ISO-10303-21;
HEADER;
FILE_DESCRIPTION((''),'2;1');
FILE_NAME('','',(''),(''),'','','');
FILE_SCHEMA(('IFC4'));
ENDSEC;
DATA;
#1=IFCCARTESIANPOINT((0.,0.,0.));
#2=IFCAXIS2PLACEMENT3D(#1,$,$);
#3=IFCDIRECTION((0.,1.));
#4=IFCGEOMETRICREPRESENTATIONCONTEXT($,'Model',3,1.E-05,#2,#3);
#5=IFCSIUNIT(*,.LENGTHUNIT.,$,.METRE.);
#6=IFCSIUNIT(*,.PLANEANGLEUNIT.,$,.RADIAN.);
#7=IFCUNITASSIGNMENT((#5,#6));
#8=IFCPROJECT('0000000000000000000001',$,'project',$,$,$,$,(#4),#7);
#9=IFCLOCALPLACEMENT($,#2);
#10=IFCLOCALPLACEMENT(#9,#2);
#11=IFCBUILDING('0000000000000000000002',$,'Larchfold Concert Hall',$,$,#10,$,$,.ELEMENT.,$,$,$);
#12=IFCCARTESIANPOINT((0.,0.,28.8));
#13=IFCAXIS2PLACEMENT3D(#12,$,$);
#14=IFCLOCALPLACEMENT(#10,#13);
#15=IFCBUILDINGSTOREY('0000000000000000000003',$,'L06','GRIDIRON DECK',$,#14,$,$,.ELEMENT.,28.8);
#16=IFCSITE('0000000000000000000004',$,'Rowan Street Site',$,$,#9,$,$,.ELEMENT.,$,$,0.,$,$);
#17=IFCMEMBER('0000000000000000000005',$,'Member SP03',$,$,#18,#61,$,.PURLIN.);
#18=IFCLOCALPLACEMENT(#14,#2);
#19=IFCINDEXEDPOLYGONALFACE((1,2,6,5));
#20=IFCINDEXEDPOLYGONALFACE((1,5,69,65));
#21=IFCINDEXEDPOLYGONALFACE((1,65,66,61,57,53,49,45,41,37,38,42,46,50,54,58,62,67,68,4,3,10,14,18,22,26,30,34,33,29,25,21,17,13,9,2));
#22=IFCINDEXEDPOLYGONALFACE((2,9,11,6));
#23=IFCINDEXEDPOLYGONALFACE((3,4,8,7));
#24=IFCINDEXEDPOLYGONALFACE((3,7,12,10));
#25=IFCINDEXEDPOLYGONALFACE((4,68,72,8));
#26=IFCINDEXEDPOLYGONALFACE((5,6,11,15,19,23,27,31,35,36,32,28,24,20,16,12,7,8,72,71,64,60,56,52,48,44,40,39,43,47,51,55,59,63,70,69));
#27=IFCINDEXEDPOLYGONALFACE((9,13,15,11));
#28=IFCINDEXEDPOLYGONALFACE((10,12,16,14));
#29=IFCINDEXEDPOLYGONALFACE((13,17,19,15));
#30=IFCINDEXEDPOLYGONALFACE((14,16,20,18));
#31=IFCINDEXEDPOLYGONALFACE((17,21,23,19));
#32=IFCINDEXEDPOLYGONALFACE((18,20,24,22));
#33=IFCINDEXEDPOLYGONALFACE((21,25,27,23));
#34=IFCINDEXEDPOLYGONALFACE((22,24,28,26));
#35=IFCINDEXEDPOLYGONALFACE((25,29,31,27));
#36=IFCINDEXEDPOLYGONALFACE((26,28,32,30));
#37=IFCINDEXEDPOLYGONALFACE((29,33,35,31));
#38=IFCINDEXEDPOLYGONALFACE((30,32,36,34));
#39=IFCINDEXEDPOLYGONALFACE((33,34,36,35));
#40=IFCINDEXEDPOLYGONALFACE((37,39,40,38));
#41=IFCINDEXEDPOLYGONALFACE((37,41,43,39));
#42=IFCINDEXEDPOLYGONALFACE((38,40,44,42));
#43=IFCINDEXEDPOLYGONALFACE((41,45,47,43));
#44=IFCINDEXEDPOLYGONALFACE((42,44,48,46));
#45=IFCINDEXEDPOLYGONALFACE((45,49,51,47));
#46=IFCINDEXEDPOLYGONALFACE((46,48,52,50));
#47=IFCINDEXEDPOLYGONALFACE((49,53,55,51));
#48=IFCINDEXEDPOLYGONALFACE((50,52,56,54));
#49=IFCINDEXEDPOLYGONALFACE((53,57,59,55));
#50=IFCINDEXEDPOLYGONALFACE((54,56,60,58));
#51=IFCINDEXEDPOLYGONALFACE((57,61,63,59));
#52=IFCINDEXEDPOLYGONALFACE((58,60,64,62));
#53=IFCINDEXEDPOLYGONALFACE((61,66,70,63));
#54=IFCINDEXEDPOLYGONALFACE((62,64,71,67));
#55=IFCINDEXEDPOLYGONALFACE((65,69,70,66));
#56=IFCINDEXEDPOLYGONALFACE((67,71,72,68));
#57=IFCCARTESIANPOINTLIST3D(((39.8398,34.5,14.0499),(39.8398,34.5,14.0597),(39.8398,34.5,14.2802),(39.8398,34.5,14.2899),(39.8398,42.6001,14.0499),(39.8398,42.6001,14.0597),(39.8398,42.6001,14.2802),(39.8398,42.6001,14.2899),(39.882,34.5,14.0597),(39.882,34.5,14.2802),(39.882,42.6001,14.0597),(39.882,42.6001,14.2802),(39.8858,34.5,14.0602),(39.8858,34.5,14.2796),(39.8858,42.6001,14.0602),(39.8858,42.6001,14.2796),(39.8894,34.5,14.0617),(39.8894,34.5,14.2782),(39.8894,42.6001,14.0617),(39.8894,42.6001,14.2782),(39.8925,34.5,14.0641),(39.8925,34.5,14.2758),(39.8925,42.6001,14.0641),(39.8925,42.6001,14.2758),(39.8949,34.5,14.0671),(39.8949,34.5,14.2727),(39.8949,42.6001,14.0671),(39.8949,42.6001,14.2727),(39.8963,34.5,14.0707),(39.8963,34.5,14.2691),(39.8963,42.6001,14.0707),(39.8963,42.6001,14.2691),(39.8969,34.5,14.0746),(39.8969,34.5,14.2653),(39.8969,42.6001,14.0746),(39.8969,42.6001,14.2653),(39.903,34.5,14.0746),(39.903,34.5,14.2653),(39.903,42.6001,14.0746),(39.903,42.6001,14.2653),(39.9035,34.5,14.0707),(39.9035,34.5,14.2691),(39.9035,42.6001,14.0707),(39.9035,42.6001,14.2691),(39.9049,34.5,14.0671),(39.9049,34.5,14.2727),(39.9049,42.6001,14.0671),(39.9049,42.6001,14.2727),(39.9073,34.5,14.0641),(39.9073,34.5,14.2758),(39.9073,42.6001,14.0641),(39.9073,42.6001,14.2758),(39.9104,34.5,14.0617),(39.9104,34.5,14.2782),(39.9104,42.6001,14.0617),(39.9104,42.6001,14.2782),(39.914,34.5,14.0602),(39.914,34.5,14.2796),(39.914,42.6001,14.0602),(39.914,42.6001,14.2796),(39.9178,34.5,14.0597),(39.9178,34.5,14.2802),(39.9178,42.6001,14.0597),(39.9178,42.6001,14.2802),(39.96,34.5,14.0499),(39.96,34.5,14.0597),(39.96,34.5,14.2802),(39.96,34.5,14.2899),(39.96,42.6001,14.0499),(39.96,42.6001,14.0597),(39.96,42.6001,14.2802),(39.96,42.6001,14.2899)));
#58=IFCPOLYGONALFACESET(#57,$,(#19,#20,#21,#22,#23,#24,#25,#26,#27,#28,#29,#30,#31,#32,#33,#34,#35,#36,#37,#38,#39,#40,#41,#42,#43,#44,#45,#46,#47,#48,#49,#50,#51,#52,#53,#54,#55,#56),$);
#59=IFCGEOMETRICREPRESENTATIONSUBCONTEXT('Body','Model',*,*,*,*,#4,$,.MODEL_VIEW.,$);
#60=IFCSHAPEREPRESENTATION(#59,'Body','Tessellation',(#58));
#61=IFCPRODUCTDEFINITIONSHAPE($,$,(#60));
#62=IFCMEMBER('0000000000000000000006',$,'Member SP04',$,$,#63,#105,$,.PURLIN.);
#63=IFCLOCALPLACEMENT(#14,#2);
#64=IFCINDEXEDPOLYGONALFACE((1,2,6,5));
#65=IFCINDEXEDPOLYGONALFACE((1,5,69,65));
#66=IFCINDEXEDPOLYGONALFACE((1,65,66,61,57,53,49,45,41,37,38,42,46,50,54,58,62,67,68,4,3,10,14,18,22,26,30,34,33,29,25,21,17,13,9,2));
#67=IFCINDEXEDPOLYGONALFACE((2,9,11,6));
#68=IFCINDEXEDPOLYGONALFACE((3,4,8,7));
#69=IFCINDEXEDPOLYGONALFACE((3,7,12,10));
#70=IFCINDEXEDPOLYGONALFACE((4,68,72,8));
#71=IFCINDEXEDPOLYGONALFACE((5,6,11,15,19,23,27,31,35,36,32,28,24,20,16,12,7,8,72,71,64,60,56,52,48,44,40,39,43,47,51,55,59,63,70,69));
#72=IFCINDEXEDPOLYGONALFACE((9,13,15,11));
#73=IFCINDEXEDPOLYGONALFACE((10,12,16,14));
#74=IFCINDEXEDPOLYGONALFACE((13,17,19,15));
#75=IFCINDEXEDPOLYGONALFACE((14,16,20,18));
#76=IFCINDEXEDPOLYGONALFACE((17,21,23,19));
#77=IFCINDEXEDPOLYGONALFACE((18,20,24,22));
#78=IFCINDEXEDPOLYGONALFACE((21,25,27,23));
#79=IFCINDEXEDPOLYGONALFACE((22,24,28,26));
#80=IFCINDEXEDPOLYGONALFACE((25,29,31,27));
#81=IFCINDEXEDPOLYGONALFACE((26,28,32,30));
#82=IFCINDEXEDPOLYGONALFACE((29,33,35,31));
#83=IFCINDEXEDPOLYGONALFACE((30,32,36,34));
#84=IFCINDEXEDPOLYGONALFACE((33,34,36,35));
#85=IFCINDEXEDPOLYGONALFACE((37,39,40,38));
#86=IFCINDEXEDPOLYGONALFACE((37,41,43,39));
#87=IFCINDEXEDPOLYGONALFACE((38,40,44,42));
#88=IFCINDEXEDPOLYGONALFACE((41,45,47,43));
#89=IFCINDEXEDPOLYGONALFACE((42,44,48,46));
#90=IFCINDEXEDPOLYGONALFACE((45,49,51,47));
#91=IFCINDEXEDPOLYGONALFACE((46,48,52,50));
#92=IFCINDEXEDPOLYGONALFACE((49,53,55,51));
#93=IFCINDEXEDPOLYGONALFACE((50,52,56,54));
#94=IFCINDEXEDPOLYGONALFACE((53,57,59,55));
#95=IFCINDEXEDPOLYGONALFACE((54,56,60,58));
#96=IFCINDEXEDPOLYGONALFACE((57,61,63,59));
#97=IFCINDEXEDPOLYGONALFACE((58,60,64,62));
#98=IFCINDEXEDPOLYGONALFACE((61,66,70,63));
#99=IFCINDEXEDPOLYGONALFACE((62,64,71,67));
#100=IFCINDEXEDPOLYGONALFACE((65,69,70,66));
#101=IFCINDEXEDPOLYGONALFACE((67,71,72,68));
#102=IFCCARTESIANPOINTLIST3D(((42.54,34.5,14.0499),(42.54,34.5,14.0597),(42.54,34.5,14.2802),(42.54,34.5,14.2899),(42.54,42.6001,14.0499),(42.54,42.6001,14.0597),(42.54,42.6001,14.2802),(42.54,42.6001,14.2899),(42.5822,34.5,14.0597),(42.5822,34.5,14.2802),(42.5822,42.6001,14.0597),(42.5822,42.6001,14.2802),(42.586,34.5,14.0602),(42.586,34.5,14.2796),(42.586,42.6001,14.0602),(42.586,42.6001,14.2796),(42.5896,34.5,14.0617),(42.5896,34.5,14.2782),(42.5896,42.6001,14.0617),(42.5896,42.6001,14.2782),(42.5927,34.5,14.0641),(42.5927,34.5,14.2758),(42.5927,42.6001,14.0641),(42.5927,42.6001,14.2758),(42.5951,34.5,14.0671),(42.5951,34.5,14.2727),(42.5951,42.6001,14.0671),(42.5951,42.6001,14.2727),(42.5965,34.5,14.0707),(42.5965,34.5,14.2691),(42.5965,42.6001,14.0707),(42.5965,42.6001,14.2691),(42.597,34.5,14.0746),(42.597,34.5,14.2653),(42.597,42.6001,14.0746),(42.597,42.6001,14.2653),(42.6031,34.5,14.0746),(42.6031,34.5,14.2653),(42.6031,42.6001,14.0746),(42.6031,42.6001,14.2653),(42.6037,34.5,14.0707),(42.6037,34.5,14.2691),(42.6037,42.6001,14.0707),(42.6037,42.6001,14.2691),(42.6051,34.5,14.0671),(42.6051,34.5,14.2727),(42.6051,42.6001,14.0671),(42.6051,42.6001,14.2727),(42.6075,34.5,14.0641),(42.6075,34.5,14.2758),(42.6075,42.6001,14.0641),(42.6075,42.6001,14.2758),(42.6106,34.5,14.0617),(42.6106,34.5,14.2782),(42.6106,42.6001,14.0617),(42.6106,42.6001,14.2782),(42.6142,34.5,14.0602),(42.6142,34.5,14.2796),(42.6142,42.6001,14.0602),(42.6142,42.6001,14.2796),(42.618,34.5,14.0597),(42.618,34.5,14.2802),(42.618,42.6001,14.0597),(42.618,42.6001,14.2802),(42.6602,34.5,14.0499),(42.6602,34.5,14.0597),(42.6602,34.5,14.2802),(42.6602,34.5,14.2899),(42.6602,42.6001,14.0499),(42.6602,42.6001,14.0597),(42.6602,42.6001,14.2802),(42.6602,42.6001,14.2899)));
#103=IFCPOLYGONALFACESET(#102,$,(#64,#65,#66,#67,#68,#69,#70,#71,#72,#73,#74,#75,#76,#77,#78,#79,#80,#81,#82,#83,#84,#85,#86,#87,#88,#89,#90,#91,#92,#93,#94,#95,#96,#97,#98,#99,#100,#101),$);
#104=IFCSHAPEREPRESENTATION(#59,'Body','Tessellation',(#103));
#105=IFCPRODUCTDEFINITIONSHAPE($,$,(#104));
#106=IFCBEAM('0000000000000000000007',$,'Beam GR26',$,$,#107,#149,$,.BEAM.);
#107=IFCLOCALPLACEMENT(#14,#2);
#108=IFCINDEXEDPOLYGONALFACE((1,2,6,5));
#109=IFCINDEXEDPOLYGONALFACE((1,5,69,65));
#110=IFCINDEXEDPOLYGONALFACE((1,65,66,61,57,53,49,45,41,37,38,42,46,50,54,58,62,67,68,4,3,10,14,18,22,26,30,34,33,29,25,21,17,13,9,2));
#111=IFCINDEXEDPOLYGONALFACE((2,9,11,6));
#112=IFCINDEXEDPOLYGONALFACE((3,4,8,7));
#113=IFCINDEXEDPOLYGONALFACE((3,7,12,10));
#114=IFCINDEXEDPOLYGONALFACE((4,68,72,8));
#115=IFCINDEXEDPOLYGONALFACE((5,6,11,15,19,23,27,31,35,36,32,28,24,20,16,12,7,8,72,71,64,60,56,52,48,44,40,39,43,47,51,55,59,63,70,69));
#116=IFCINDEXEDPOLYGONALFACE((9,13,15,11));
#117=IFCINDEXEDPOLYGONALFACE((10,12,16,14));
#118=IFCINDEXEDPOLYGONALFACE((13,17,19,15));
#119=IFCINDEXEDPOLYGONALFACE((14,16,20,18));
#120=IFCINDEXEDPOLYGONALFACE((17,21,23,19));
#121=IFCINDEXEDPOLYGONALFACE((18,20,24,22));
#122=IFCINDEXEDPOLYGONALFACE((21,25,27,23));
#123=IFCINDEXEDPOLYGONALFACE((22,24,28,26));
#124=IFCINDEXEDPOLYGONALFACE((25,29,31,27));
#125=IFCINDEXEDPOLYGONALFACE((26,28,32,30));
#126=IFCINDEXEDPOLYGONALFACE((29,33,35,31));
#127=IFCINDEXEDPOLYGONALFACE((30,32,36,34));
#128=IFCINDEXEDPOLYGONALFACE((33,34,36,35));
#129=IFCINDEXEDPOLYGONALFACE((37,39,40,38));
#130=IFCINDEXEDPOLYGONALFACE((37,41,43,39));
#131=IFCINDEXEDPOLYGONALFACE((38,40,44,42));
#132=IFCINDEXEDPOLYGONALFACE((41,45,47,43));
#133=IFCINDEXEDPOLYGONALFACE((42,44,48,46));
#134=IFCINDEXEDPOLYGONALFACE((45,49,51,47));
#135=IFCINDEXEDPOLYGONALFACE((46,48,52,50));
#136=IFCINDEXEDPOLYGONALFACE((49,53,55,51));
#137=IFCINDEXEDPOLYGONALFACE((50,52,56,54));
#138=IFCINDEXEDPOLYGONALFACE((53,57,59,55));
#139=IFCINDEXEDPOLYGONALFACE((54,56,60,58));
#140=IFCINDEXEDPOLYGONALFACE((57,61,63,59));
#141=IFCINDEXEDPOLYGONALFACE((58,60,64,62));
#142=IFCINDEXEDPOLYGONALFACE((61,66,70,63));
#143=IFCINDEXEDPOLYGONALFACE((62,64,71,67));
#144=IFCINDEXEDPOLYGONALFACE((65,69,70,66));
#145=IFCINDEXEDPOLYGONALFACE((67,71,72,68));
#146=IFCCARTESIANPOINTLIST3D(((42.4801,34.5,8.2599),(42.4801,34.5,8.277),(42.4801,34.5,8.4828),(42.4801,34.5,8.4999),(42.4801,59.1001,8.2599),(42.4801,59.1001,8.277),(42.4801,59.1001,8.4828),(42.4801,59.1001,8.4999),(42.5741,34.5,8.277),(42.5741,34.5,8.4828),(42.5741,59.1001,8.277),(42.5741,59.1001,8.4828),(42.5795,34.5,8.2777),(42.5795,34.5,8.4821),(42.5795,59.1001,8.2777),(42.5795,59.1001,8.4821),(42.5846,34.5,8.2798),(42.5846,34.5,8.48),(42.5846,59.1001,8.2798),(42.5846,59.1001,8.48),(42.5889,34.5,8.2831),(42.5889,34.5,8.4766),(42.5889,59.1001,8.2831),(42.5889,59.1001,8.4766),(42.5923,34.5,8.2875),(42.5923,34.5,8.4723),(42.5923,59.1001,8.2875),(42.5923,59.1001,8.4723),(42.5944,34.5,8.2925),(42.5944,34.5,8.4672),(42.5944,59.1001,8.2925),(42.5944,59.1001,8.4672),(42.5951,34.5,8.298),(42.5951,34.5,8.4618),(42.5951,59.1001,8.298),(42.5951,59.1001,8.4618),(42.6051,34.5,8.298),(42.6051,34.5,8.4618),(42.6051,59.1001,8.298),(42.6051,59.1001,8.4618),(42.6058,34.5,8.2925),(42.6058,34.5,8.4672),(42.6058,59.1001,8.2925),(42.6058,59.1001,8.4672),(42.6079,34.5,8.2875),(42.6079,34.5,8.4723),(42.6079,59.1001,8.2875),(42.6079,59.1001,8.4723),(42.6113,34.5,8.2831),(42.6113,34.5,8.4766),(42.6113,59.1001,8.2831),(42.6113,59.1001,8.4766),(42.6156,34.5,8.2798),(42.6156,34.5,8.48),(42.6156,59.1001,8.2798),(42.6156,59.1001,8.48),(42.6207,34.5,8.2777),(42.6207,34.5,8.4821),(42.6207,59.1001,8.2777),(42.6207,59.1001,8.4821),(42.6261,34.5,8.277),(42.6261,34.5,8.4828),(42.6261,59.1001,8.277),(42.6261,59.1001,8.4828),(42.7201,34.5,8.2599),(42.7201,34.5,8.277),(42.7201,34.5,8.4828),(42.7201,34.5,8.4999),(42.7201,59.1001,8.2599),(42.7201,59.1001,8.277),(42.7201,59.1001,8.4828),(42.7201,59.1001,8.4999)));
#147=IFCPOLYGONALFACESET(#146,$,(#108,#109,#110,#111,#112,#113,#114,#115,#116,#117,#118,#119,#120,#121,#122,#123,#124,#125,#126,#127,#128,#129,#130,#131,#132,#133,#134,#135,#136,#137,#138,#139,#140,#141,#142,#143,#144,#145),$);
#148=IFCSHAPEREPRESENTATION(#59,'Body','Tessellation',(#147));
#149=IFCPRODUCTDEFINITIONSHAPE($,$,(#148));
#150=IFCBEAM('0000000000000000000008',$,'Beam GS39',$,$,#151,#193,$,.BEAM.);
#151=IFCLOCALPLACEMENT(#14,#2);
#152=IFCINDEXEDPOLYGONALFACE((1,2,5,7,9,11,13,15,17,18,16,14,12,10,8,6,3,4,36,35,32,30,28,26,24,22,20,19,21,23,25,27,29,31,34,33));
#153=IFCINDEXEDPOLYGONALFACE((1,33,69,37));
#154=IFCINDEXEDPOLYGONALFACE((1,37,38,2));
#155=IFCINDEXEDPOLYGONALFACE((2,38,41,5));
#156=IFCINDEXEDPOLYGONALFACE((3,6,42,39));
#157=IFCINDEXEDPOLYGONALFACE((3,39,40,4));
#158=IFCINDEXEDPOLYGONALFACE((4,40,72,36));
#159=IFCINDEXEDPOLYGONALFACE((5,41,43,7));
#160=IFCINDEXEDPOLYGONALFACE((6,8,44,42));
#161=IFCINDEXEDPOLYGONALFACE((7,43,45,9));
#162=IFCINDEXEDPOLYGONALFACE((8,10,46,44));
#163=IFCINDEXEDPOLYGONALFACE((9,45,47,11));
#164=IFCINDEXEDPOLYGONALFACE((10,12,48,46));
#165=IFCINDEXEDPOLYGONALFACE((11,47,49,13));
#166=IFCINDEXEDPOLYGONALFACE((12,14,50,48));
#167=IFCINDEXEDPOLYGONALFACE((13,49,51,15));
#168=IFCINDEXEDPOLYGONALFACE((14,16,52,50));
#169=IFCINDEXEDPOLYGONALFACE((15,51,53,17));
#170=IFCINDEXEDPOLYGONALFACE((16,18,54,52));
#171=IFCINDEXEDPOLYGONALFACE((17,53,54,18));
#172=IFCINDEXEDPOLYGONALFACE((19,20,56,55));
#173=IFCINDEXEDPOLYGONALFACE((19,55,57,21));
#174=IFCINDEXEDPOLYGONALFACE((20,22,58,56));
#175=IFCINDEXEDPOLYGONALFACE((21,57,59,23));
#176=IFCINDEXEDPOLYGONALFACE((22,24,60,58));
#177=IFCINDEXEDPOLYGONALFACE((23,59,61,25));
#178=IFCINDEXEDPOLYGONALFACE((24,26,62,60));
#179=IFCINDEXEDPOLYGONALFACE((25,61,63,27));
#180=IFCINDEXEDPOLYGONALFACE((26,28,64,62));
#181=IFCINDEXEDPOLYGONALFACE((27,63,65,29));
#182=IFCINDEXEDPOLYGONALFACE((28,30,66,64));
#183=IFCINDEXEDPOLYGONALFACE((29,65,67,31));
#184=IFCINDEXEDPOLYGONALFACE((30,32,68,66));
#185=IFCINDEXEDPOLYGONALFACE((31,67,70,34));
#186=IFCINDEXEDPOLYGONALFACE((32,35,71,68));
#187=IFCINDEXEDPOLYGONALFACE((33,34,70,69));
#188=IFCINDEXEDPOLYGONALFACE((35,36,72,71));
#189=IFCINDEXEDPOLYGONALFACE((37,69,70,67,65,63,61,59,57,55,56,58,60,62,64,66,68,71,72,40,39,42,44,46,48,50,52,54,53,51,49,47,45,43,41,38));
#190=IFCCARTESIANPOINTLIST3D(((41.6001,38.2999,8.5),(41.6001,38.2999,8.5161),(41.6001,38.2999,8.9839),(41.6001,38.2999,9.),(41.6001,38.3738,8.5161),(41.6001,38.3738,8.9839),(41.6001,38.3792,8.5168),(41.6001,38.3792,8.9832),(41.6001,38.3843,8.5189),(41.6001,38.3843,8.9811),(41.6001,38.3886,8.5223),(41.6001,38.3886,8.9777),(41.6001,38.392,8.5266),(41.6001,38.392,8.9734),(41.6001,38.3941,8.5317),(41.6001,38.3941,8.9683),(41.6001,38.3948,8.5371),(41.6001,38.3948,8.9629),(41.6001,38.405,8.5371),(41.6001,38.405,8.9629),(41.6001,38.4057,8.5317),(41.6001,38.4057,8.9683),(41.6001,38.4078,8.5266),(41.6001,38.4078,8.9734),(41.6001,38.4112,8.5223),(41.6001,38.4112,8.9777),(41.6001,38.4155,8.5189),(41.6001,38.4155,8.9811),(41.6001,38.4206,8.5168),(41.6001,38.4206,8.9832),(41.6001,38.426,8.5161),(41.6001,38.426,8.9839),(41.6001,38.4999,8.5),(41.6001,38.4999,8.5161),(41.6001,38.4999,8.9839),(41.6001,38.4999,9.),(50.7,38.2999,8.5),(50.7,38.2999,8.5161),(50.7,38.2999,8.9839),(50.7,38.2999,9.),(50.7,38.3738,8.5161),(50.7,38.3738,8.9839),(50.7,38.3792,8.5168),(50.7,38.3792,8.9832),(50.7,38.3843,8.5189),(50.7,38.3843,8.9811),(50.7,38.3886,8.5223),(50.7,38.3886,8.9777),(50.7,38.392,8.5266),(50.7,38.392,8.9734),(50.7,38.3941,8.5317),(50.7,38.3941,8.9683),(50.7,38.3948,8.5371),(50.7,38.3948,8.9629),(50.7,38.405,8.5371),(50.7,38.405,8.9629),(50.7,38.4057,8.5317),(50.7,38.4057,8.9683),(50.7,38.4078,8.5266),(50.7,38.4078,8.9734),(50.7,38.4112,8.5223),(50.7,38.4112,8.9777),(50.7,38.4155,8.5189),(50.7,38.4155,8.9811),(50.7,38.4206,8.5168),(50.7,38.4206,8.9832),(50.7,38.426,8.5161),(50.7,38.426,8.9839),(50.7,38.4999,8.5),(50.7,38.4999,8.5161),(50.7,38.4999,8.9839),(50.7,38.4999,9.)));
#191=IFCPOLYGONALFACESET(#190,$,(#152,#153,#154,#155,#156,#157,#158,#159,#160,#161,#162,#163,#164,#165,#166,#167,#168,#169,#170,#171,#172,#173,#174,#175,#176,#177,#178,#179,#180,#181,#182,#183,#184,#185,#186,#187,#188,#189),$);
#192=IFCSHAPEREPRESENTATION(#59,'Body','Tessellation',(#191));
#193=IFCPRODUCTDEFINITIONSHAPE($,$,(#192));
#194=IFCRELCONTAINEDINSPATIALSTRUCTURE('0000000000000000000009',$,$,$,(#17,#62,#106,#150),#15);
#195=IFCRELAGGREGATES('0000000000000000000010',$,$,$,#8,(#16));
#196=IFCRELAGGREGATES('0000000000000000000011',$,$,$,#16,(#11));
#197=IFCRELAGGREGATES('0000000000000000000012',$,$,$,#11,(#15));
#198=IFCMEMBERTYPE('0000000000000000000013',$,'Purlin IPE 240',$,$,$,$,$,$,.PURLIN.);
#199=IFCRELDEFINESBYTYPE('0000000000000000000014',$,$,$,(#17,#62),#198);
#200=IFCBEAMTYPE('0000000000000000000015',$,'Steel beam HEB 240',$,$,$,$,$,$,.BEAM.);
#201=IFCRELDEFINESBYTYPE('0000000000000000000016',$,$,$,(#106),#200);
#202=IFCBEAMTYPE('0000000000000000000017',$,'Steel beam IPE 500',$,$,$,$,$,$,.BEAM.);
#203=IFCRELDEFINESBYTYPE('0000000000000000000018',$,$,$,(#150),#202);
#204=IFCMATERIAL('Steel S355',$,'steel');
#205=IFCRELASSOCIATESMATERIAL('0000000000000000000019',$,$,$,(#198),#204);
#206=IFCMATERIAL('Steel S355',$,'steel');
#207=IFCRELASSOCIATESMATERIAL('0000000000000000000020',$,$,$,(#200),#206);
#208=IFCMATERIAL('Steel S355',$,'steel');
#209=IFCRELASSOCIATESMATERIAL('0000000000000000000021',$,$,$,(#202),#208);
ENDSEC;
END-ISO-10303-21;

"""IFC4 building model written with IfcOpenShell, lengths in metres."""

from ifc_helpers import new_model, si_unit, direction, frame, origin, origin_2d, place, context, subcontext, project, spatial, i_section, extrude, material, material_profile, profile_set, type_object, element, save


model = new_model("IFC4")

# Units and contexts
model_context = context("Model", 3, precision=1e-05, world=origin(), true_north=direction((0.0, 1.0)))
body_context = subcontext(model_context, "Body", "Model", "MODEL_VIEW")
ifc_project = project(units=[si_unit("LENGTHUNIT", "METRE"), si_unit("PLANEANGLEUNIT", "RADIAN")], contexts=[model_context])

# Site, building, storey
site_placement = place(None, origin())
site = spatial("IfcSite", under=ifc_project, at=site_placement, Name="Rowan Street Site", CompositionType="ELEMENT", RefElevation=0.0)
building_placement = place(site_placement, origin())
building = spatial("IfcBuilding", under=site, at=building_placement, Name="Larchfold Concert Hall", CompositionType="ELEMENT")
storey_placement = place(building_placement, frame((0.0, 0.0, 28.8)))
storey = spatial("IfcBuildingStorey", under=building, at=storey_placement, Name="L06", Description="GRIDIRON DECK", CompositionType="ELEMENT", Elevation=28.8)

# Members
ifc_material_1 = material(Name="Steel S355", Category="steel")
ifc_material_profile_1 = material_profile(ifc_material_1, i_section(OverallWidth=0.1201, OverallDepth=0.24, WebThickness=0.0061, FlangeThickness=0.0098, FilletRadius=0.0149, at=origin_2d()))
ifc_profile_set_1 = profile_set([ifc_material_profile_1], Name="Steel S355")
member_type_1 = type_object("IfcMemberType", Name="Purlin IPE 240", PredefinedType="PURLIN", material=ifc_profile_set_1)
for number, where, z_axis, x_axis, name in (
    (1, (39.8999, 34.5, 14.1699), (0.0, 1.0, 0.0), (-1.0, 0.0, 0.0), "Member SP03"),
    (2, (42.6001, 34.5, 14.1699), (0.0, 1.0, 0.0), (-1.0, 0.0, 0.0), "Member SP04"),
):
    element("IfcMember", number, at=place(storey_placement, frame(where, z_axis=z_axis, x_axis=x_axis)), inside=storey, type_object=member_type_1, Name=name, PredefinedType="PURLIN", context=body_context, shape_type="SweptSolid", body=[
        extrude(i_section(OverallWidth=0.1201, OverallDepth=0.24, WebThickness=0.0061, FlangeThickness=0.0098, FilletRadius=0.0149, at=origin_2d()), origin(), (0.0, 0.0, 1.0), 8.1001),
    ])

# Beams
ifc_material_2 = material(Name="Steel S355", Category="steel")
ifc_material_profile_2 = material_profile(ifc_material_2, i_section(OverallWidth=0.24, OverallDepth=0.24, WebThickness=0.01, FlangeThickness=0.0171, FilletRadius=0.021, at=origin_2d()))
ifc_profile_set_2 = profile_set([ifc_material_profile_2], Name="Steel S355")
beam_type_1 = type_object("IfcBeamType", Name="Steel beam HEB 240", PredefinedType="BEAM", material=ifc_profile_set_2)
beam_1_placement = place(storey_placement, frame((42.6001, 34.5, 8.3799), z_axis=(0.0, 1.0, 0.0), x_axis=(-1.0, 0.0, 0.0)))
element("IfcBeam", 3, at=beam_1_placement, inside=storey, type_object=beam_type_1, Name="Beam GR26", PredefinedType="BEAM", context=body_context, shape_type="SweptSolid", body=[
    extrude(i_section(OverallWidth=0.24, OverallDepth=0.24, WebThickness=0.01, FlangeThickness=0.0171, FilletRadius=0.021, at=origin_2d()), origin(), (0.0, 0.0, 1.0), 24.6001),
])
ifc_material_3 = material(Name="Steel S355", Category="steel")
ifc_material_profile_3 = material_profile(ifc_material_3, i_section(OverallWidth=0.2, OverallDepth=0.5, WebThickness=0.0103, FlangeThickness=0.0161, FilletRadius=0.021, at=origin_2d()))
ifc_profile_set_3 = profile_set([ifc_material_profile_3], Name="Steel S355")
beam_type_2 = type_object("IfcBeamType", Name="Steel beam IPE 500", PredefinedType="BEAM", material=ifc_profile_set_3)
beam_2_placement = place(storey_placement, frame((41.6001, 38.3999, 8.75), z_axis=(1.0, 0.0, 0.0), x_axis=(0.0, 1.0, 0.0)))
element("IfcBeam", 4, at=beam_2_placement, inside=storey, type_object=beam_type_2, Name="Beam GS39", PredefinedType="BEAM", context=body_context, shape_type="SweptSolid", body=[
    extrude(i_section(OverallWidth=0.2, OverallDepth=0.5, WebThickness=0.0103, FlangeThickness=0.0161, FilletRadius=0.021, at=origin_2d()), origin(), (0.0, 0.0, 1.0), 9.0999),
])

save(model, "model.ifc")
